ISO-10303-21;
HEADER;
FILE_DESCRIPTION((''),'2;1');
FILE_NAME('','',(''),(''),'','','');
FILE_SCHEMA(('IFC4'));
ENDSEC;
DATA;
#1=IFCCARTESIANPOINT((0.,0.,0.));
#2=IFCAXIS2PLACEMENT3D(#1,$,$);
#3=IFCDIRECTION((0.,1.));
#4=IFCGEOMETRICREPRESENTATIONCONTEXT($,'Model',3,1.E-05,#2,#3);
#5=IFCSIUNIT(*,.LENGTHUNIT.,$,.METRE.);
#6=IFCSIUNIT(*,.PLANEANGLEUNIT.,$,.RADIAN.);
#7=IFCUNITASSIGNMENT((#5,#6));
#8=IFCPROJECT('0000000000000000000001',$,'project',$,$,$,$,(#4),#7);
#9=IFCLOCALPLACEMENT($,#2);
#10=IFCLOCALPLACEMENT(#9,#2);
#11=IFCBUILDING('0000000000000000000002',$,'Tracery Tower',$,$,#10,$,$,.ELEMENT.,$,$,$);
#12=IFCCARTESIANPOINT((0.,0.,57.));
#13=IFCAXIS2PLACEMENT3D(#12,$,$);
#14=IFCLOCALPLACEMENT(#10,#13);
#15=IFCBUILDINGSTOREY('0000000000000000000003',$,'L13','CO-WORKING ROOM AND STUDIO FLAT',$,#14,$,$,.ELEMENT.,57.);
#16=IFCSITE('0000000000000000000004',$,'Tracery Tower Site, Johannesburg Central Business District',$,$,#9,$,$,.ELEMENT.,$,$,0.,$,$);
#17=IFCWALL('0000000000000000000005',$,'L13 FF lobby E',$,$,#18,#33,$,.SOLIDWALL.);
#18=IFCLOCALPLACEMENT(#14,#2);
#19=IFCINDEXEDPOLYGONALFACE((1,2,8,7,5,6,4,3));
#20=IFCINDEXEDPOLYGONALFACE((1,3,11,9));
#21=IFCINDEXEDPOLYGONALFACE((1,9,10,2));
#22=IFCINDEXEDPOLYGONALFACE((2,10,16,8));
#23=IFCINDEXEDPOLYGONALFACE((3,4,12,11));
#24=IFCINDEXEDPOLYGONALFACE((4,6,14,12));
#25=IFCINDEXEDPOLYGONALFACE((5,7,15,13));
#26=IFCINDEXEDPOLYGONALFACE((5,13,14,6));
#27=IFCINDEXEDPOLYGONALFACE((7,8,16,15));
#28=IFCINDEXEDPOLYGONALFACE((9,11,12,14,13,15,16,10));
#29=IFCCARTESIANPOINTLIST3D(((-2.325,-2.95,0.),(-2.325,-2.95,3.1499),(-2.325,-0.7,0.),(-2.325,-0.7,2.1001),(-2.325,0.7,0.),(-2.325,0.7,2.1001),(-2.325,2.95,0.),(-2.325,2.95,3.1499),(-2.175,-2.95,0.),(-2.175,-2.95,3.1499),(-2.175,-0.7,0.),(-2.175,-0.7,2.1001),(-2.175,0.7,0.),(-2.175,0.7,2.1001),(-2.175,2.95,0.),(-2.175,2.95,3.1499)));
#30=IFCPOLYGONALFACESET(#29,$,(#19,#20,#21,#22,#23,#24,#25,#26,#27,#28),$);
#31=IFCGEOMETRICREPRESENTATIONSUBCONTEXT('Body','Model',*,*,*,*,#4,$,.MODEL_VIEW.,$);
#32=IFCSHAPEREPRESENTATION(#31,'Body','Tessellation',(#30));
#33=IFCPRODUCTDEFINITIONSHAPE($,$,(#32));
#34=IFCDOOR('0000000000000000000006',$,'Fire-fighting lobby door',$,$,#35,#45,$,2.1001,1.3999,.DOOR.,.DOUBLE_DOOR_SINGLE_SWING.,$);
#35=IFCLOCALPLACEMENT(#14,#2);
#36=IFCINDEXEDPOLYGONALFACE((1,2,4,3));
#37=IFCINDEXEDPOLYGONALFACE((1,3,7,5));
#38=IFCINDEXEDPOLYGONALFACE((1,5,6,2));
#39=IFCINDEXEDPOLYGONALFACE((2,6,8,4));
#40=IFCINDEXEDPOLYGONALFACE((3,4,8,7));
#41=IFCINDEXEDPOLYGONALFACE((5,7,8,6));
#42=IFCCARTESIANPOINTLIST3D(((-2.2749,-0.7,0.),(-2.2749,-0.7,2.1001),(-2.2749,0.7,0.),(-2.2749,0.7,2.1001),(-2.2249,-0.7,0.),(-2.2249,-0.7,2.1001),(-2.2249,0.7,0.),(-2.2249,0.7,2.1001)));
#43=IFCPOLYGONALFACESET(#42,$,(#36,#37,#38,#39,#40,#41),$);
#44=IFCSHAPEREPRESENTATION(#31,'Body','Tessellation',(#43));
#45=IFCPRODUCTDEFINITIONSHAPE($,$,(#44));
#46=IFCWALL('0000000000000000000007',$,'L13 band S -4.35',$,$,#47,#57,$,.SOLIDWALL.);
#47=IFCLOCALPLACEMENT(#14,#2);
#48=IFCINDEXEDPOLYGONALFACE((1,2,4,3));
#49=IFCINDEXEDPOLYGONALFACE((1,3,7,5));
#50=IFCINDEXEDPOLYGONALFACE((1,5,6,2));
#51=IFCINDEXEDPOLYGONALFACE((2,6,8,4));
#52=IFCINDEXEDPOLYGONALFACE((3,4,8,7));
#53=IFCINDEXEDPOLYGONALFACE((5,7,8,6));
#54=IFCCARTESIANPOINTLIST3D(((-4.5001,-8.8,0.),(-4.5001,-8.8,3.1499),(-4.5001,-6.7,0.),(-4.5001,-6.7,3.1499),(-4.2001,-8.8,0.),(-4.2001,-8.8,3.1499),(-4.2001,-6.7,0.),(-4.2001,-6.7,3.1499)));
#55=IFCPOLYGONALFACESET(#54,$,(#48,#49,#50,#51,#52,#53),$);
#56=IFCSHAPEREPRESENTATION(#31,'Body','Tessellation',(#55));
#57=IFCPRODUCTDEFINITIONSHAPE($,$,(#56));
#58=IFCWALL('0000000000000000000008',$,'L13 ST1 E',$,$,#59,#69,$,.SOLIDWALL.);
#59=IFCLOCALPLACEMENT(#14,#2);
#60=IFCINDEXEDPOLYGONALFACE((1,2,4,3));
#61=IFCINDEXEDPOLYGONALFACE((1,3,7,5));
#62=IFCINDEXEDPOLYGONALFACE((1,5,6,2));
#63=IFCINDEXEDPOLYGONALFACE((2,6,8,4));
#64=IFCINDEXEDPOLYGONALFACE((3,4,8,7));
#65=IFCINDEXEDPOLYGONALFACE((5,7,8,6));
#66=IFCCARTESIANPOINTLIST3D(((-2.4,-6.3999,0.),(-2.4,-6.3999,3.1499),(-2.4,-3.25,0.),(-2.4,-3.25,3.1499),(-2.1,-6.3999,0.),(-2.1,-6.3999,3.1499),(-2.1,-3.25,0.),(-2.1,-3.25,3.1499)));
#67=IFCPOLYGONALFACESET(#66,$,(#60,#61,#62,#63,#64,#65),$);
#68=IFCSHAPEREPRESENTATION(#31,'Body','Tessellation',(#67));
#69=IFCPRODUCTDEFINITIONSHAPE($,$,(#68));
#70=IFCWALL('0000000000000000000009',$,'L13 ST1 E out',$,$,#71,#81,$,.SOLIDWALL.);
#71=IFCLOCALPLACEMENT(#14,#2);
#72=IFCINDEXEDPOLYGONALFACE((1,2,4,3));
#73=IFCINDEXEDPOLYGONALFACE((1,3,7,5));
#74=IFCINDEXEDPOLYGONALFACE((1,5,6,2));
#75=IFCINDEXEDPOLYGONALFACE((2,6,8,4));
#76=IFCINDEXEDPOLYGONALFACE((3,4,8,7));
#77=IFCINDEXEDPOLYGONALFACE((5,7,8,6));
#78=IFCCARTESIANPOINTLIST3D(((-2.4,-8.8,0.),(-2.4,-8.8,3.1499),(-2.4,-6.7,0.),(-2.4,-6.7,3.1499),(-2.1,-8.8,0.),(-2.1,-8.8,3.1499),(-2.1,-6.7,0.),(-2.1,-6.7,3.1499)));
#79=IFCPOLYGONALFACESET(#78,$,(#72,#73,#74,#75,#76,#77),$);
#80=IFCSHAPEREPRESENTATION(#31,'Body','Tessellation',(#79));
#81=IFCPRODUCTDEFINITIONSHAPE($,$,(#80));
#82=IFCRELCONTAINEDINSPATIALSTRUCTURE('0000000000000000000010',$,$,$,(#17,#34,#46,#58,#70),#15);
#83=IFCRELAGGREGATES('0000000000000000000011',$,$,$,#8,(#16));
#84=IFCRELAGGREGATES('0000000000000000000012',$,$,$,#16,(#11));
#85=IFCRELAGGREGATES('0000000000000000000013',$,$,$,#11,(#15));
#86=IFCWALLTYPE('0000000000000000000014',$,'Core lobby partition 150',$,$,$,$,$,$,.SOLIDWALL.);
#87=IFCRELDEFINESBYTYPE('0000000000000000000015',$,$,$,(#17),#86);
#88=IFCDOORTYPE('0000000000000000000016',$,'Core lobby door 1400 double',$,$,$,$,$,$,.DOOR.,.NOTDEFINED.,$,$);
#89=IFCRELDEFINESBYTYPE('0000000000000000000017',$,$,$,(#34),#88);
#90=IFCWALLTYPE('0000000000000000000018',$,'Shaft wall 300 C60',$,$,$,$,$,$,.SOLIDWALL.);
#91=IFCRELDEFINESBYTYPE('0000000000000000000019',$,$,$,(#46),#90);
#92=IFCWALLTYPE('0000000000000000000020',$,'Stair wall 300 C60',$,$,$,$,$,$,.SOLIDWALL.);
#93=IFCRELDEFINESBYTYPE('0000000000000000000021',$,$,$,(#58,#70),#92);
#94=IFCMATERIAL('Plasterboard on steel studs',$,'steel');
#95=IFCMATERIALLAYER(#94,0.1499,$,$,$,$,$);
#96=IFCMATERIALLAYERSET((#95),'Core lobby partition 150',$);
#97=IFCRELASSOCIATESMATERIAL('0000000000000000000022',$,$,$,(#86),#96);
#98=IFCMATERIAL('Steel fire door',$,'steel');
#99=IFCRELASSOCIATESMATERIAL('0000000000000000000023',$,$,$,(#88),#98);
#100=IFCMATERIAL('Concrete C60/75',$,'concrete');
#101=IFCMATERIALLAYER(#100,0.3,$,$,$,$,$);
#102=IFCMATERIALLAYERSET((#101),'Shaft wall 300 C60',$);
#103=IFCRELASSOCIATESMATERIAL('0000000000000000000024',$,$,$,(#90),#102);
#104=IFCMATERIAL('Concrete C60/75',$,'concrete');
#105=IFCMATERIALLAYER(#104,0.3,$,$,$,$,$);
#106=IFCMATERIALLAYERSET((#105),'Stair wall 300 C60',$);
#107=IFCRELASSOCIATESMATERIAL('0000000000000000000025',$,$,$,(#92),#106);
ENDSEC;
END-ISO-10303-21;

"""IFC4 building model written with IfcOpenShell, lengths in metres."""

from ifc_helpers import new_model, si_unit, direction, frame, frame_2d, origin, place, context, subcontext, project, spatial, rectangle, extrude, material, layer, layer_set, type_object, element, fill, save


model = new_model("IFC4")

# Units and contexts
model_context = context("Model", 3, precision=1e-05, world=origin(), true_north=direction((0.0, 1.0)))
body_context = subcontext(model_context, "Body", "Model", "MODEL_VIEW")
ifc_project = project(units=[si_unit("LENGTHUNIT", "METRE"), si_unit("PLANEANGLEUNIT", "RADIAN")], contexts=[model_context])

# Site, building, storey
site_placement = place(None, origin())
site = spatial("IfcSite", under=ifc_project, at=site_placement, Name="Tracery Tower Site, Johannesburg Central Business District", CompositionType="ELEMENT", RefElevation=0.0)
building_placement = place(site_placement, origin())
building = spatial("IfcBuilding", under=site, at=building_placement, Name="Tracery Tower", CompositionType="ELEMENT")
storey_placement = place(building_placement, frame((0.0, 0.0, 57.0)))
storey = spatial("IfcBuildingStorey", under=building, at=storey_placement, Name="L13", Description="CO-WORKING ROOM AND STUDIO FLAT", CompositionType="ELEMENT", Elevation=57.0)

# Wall, opening, door
ifc_material_1 = material(Name="Plasterboard on steel studs", Category="steel")
ifc_layer_1 = layer(ifc_material_1, 0.1499)
ifc_layer_set_1 = layer_set([ifc_layer_1], Name="Core lobby partition 150")
wall_type_1 = type_object("IfcWallType", Name="Core lobby partition 150", PredefinedType="SOLIDWALL", material=ifc_layer_set_1)
wall_1_placement = place(storey_placement, frame((-2.25, -2.95, 0.0), z_axis=(0.0, 0.0, 1.0), x_axis=(0.0, 1.0, 0.0)))
wall_1 = element("IfcWall", 1, at=wall_1_placement, inside=storey, type_object=wall_type_1, Name="L13 FF lobby E", PredefinedType="SOLIDWALL", context=body_context, shape_type="SweptSolid", body=[
    extrude(rectangle(XDim=5.8999, YDim=0.1499, at=frame_2d((2.95, 0.0))), origin(), (0.0, 0.0, 1.0), 3.1499),
])
opening_1_placement = place(wall_1_placement, frame((2.25, 0.0, 0.0)))
opening_1 = element("IfcOpeningElement", 2, at=opening_1_placement, cuts=wall_1, PredefinedType="OPENING", context=body_context, shape_type="SweptSolid", body=[
    extrude(rectangle(XDim=1.3999, YDim=2.1001, at=frame_2d((0.7, 1.05))), frame((0.0, 0.075, 0.0), z_axis=(0.0, -1.0, 0.0), x_axis=(1.0, 0.0, 0.0)), (0.0, 0.0, 1.0), 0.1499),
])
ifc_material_2 = material(Name="Steel fire door", Category="steel")
door_type_1 = type_object("IfcDoorType", Name="Core lobby door 1400 double", OperationType="NOTDEFINED", PredefinedType="DOOR", material=ifc_material_2)
door_1_placement = place(opening_1_placement, origin())
door_1 = element("IfcDoor", 3, at=door_1_placement, inside=storey, type_object=door_type_1, Name="Fire-fighting lobby door", OperationType="DOUBLE_DOOR_SINGLE_SWING", OverallHeight=2.1001, OverallWidth=1.3999, PredefinedType="DOOR", context=body_context, shape_type="SweptSolid", body=[
    extrude(rectangle(XDim=1.3999, YDim=2.1001, at=frame_2d((0.7, 1.05))), frame((0.0, 0.0249, 0.0), z_axis=(0.0, -1.0, 0.0), x_axis=(1.0, 0.0, 0.0)), (0.0, 0.0, 1.0), 0.05),
])
fill(opening_1, door_1)

# Shared definitions
ifc_material_3 = material(Name="Concrete C60/75", Category="concrete")
ifc_layer_2 = layer(ifc_material_3, 0.3)
ifc_layer_set_2 = layer_set([ifc_layer_2], Name="Shaft wall 300 C60")
wall_type_2 = type_object("IfcWallType", Name="Shaft wall 300 C60", PredefinedType="SOLIDWALL", material=ifc_layer_set_2)

# Wall
wall_2_placement = place(storey_placement, frame((-4.3501, -8.8, 0.0), z_axis=(0.0, 0.0, 1.0), x_axis=(0.0, 1.0, 0.0)))
element("IfcWall", 4, at=wall_2_placement, inside=storey, type_object=wall_type_2, Name="L13 band S -4.35", PredefinedType="SOLIDWALL", context=body_context, shape_type="SweptSolid", body=[
    extrude(rectangle(XDim=2.1001, YDim=0.3, at=frame_2d((1.05, 0.0))), origin(), (0.0, 0.0, 1.0), 3.1499),
])

# Shared definitions
ifc_material_4 = material(Name="Concrete C60/75", Category="concrete")
ifc_layer_3 = layer(ifc_material_4, 0.3)
ifc_layer_set_3 = layer_set([ifc_layer_3], Name="Stair wall 300 C60")
wall_type_3 = type_object("IfcWallType", Name="Stair wall 300 C60", PredefinedType="SOLIDWALL", material=ifc_layer_set_3)

# Walls
wall_3_placement = place(storey_placement, frame((-2.25, -6.3999, 0.0), z_axis=(0.0, 0.0, 1.0), x_axis=(0.0, 1.0, 0.0)))
element("IfcWall", 5, at=wall_3_placement, inside=storey, type_object=wall_type_3, Name="L13 ST1 E", PredefinedType="SOLIDWALL", context=body_context, shape_type="SweptSolid", body=[
    extrude(rectangle(XDim=3.1499, YDim=0.3, at=frame_2d((1.575, 0.0))), origin(), (0.0, 0.0, 1.0), 3.1499),
])
wall_4_placement = place(storey_placement, frame((-2.25, -8.8, 0.0), z_axis=(0.0, 0.0, 1.0), x_axis=(0.0, 1.0, 0.0)))
element("IfcWall", 6, at=wall_4_placement, inside=storey, type_object=wall_type_3, Name="L13 ST1 E out", PredefinedType="SOLIDWALL", context=body_context, shape_type="SweptSolid", body=[
    extrude(rectangle(XDim=2.1001, YDim=0.3, at=frame_2d((1.05, 0.0))), origin(), (0.0, 0.0, 1.0), 3.1499),
])

save(model, "model.ifc")
